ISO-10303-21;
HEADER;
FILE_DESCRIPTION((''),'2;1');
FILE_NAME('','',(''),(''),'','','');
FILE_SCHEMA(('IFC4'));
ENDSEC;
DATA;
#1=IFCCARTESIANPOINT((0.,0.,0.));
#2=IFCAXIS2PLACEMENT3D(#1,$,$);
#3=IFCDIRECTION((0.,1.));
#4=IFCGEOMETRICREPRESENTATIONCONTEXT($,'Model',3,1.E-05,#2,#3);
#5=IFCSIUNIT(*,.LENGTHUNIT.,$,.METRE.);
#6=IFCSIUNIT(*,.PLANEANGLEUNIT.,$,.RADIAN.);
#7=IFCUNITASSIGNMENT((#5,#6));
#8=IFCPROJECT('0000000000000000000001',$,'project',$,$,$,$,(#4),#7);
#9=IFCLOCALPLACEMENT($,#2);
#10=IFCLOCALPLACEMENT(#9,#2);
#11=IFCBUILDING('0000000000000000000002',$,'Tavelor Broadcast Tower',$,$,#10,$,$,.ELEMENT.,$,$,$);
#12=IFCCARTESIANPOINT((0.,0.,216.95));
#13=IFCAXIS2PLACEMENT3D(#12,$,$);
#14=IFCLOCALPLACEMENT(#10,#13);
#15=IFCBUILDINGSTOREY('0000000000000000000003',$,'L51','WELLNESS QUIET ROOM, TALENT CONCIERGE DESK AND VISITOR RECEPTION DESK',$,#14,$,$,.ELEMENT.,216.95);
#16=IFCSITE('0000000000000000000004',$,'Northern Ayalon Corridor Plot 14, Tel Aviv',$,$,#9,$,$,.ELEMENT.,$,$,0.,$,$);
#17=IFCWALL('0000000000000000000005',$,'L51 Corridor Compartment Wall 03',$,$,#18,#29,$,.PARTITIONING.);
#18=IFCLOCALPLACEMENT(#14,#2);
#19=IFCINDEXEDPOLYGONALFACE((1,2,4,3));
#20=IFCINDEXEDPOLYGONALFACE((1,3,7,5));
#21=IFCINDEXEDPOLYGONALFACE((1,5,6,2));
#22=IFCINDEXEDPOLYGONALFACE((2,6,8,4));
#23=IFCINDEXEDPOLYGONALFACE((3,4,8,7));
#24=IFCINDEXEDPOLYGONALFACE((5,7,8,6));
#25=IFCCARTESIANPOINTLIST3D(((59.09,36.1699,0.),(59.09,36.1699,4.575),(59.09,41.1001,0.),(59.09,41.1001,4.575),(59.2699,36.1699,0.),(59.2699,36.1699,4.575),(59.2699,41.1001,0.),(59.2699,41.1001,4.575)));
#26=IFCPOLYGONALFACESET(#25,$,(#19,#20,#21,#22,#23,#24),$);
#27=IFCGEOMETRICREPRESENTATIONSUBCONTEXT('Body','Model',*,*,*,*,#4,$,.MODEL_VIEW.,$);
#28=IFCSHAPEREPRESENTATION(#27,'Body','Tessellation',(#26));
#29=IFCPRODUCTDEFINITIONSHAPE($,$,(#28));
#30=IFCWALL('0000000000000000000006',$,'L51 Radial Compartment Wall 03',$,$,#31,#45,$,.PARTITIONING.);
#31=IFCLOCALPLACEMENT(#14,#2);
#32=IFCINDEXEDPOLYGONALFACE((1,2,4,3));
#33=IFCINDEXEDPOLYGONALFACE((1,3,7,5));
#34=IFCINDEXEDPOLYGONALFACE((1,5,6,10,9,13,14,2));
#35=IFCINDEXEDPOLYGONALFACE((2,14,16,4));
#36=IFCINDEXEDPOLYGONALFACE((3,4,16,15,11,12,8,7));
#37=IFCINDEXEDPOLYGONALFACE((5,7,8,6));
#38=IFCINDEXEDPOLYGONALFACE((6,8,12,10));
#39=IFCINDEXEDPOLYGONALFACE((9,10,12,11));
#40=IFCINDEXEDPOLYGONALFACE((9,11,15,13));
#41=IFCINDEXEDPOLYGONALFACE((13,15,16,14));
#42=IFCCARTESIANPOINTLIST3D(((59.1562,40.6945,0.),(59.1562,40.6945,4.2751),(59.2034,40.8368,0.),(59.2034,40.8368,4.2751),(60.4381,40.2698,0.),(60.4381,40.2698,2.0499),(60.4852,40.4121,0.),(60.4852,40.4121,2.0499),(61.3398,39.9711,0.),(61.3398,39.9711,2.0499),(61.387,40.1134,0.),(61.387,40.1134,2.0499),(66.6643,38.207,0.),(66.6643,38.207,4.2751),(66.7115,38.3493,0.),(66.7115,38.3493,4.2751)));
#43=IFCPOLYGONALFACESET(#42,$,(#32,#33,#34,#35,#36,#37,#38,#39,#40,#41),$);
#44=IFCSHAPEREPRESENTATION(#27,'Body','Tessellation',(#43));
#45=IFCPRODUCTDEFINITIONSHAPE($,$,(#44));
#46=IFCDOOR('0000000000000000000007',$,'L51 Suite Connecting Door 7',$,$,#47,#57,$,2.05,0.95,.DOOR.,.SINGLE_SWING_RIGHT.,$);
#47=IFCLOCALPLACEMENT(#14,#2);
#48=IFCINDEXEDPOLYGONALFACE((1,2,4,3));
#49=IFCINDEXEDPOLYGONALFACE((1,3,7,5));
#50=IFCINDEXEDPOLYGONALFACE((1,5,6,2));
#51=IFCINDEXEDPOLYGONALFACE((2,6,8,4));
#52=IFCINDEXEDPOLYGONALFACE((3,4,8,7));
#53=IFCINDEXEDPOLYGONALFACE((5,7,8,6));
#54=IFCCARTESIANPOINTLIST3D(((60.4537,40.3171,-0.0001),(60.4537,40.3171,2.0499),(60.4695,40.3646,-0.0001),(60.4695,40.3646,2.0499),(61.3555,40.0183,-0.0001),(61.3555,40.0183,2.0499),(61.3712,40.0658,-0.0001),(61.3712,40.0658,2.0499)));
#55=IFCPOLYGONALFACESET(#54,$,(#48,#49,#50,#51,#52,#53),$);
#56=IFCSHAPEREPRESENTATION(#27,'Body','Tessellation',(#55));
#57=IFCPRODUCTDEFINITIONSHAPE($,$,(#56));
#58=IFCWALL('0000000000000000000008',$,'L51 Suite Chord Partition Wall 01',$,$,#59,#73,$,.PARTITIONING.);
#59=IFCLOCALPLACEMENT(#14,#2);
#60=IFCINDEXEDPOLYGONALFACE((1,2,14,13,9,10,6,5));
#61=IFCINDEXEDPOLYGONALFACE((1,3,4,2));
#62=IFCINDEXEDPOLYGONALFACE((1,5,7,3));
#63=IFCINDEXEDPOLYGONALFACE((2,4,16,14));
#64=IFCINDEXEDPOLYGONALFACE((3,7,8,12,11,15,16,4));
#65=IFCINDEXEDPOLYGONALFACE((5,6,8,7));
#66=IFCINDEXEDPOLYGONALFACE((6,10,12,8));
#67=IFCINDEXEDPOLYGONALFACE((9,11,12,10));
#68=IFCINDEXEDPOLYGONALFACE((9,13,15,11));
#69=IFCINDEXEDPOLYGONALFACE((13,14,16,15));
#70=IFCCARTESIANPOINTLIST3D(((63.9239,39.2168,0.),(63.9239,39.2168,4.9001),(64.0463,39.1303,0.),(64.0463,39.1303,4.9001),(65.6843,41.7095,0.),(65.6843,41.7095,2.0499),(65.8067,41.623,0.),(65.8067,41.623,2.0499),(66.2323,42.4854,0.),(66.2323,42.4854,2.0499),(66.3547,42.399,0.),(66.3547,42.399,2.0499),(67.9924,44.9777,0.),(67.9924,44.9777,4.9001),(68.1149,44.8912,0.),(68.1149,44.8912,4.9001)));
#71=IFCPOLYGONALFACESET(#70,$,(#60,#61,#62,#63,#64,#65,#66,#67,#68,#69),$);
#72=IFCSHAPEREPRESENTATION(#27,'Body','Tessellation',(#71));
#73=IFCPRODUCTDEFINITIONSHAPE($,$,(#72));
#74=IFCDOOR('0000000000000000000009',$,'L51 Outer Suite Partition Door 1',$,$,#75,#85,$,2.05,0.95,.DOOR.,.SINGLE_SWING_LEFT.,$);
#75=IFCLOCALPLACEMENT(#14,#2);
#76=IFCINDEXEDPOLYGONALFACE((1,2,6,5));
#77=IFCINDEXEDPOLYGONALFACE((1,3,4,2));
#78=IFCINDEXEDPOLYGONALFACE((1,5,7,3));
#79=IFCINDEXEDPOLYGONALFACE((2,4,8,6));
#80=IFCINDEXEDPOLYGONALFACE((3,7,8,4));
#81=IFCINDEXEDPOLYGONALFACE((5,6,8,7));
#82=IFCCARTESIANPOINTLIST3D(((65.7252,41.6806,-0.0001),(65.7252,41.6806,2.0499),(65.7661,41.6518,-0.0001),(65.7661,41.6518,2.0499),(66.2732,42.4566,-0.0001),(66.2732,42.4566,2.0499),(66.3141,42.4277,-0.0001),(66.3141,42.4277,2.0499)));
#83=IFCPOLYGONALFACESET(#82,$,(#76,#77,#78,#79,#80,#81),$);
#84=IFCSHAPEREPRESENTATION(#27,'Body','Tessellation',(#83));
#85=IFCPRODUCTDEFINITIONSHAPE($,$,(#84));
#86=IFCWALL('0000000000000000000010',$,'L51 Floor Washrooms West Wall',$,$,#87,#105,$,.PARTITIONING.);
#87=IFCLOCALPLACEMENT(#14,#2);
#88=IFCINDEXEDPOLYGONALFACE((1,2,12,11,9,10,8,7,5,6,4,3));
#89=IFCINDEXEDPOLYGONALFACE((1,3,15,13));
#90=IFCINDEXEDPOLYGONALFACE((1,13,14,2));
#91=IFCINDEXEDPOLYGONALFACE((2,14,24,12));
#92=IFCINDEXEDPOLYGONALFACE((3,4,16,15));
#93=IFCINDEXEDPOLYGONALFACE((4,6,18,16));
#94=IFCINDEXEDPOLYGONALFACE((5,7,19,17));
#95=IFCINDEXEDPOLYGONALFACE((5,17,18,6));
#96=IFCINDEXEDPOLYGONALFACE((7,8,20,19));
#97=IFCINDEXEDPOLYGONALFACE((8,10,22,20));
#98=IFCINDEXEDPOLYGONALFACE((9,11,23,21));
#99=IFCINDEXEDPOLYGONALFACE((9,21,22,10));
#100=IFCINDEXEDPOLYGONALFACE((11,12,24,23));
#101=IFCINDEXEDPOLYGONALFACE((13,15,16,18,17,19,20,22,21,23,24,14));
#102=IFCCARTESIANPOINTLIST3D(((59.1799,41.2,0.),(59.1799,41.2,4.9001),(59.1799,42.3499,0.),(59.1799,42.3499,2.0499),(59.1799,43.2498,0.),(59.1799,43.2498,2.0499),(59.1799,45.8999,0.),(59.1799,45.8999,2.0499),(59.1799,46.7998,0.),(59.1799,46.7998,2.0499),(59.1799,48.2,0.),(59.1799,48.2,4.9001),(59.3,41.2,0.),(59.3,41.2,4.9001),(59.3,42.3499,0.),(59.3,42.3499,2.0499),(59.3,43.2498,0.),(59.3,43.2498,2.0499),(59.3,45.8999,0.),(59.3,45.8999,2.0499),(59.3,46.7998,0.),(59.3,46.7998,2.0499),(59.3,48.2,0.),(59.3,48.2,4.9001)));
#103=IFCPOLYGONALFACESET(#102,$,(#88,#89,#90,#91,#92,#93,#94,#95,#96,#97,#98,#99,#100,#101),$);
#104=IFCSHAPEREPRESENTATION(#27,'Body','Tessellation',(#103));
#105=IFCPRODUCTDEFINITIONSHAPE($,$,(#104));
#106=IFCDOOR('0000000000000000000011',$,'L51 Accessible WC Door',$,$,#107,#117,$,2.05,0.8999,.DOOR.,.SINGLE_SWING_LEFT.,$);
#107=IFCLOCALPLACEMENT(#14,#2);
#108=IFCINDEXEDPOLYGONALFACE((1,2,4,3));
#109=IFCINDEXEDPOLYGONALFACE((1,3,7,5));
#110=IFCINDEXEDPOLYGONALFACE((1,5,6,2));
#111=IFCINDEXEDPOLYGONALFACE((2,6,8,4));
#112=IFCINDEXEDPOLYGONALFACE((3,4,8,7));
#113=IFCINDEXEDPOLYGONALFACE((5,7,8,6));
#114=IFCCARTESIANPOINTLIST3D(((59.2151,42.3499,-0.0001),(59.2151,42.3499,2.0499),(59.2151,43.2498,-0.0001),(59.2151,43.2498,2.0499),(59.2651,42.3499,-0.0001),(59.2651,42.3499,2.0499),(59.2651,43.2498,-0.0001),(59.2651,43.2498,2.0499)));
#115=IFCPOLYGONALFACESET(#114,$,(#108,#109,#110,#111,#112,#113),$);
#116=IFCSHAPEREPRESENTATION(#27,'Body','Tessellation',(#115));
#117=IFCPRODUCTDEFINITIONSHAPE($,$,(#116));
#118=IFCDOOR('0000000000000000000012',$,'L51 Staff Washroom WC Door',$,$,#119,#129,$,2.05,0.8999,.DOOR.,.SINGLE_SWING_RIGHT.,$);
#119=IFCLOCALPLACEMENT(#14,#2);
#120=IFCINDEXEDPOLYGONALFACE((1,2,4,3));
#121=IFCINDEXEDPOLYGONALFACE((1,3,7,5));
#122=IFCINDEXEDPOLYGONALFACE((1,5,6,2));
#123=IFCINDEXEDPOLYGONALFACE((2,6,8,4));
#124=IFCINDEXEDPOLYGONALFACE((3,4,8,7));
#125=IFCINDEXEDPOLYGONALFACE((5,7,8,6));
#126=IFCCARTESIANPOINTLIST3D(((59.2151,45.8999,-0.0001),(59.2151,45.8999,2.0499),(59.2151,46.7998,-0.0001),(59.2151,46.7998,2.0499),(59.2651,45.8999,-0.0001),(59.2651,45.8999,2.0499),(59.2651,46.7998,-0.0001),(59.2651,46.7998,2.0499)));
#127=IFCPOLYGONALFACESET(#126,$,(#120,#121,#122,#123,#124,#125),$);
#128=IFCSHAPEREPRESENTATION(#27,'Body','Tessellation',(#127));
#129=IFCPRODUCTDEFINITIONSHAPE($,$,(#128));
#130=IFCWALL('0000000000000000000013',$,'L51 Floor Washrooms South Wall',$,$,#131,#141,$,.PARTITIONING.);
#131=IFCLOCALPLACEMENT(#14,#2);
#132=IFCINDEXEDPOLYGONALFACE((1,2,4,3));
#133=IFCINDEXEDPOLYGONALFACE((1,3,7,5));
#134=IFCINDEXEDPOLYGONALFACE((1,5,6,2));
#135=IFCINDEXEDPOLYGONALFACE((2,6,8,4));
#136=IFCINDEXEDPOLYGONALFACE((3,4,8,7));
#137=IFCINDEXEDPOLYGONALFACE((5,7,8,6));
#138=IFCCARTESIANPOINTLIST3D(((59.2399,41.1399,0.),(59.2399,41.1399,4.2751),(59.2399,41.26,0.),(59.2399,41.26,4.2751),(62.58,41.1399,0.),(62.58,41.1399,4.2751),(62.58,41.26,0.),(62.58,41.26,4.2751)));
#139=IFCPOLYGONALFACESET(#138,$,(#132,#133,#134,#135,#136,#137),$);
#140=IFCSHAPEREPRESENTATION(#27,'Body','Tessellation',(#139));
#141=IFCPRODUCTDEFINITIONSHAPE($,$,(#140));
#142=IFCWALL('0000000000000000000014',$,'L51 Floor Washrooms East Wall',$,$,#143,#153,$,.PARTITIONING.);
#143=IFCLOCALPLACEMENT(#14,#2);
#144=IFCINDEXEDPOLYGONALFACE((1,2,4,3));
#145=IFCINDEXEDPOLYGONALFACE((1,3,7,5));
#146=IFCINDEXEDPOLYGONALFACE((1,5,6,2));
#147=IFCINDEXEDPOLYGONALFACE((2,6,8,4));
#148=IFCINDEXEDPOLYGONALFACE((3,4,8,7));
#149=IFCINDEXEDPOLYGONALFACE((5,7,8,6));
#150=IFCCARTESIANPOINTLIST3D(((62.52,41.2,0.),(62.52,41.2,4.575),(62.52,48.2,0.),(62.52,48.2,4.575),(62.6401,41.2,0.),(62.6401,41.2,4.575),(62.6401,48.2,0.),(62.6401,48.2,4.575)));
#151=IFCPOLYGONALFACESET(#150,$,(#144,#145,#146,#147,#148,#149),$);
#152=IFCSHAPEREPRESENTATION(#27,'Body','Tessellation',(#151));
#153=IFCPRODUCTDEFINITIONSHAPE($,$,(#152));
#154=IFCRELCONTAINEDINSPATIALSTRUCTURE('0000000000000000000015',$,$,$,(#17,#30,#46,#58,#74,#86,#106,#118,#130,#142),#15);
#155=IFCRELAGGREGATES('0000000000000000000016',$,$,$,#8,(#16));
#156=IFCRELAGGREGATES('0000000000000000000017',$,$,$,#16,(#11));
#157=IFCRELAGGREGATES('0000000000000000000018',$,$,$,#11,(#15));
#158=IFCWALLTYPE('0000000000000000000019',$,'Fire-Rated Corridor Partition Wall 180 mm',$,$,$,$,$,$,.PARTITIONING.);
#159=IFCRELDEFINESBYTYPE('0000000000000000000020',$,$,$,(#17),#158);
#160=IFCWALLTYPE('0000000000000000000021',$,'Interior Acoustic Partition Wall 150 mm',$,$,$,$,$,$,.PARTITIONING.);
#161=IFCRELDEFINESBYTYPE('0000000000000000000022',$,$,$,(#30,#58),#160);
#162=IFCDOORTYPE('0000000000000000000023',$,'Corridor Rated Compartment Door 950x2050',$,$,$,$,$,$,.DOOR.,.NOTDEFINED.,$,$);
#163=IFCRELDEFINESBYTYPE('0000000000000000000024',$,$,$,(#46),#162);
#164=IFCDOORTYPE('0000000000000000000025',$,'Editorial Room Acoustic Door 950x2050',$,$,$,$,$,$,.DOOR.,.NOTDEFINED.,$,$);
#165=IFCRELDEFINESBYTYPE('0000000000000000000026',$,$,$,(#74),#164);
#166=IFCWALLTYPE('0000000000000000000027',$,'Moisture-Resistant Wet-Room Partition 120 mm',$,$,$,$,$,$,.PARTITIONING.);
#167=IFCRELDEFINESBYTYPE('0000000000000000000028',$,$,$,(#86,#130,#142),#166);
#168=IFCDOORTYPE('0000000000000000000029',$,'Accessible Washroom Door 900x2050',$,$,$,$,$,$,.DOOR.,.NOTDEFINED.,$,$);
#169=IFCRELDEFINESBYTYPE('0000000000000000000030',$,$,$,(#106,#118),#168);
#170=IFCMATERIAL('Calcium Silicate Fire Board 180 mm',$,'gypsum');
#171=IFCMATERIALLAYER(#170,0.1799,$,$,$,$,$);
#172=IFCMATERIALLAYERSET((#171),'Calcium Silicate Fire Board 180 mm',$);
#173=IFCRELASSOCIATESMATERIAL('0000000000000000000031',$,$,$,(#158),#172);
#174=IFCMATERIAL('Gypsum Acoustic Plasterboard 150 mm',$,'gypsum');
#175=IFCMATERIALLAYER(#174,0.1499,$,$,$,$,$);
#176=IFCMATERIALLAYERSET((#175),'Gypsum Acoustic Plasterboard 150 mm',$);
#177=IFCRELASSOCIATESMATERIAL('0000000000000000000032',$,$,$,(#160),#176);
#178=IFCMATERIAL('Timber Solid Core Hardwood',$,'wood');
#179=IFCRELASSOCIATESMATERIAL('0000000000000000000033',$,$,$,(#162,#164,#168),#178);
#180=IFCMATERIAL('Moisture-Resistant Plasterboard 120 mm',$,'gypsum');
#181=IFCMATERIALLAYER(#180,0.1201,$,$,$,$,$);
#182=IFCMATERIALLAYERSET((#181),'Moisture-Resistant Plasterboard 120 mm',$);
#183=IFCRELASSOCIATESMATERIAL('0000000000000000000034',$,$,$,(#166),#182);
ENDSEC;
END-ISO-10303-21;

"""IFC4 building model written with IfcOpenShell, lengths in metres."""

from ifc_helpers import new_model, si_unit, direction, frame, frame_2d, origin, place, context, subcontext, project, spatial, rectangle, extrude, material, layer, layer_set, type_object, element, fill, save


model = new_model("IFC4")

# Units and contexts
model_context = context("Model", 3, precision=1e-05, world=origin(), true_north=direction((0.0, 1.0)))
body_context = subcontext(model_context, "Body", "Model", "MODEL_VIEW")
ifc_project = project(units=[si_unit("LENGTHUNIT", "METRE"), si_unit("PLANEANGLEUNIT", "RADIAN")], contexts=[model_context])

# Site, building, storey
site_placement = place(None, origin())
site = spatial("IfcSite", under=ifc_project, at=site_placement, Name="Northern Ayalon Corridor Plot 14, Tel Aviv", CompositionType="ELEMENT", RefElevation=0.0)
building_placement = place(site_placement, origin())
building = spatial("IfcBuilding", under=site, at=building_placement, Name="Tavelor Broadcast Tower", CompositionType="ELEMENT")
storey_placement = place(building_placement, frame((0.0, 0.0, 216.95)))
storey = spatial("IfcBuildingStorey", under=building, at=storey_placement, Name="L51", Description="WELLNESS QUIET ROOM, TALENT CONCIERGE DESK AND VISITOR RECEPTION DESK", CompositionType="ELEMENT", Elevation=216.95)

# Wall
ifc_material_1 = material(Name="Calcium Silicate Fire Board 180 mm", Category="gypsum")
ifc_layer_1 = layer(ifc_material_1, 0.1799)
ifc_layer_set_1 = layer_set([ifc_layer_1], Name="Calcium Silicate Fire Board 180 mm")
wall_type_1 = type_object("IfcWallType", Name="Fire-Rated Corridor Partition Wall 180 mm", PredefinedType="PARTITIONING", material=ifc_layer_set_1)
wall_1_placement = place(storey_placement, frame((59.1799, 41.1001, 0.0), z_axis=(0.0, 0.0, 1.0), x_axis=(0.0, -1.0, 0.0)))
element("IfcWall", 1, at=wall_1_placement, inside=storey, type_object=wall_type_1, Name="L51 Corridor Compartment Wall 03", PredefinedType="PARTITIONING", context=body_context, shape_type="SweptSolid", body=[
    extrude(rectangle(XDim=4.9302, YDim=0.1799, at=frame_2d((2.4651, 0.0))), origin(), (0.0, 0.0, 1.0), 4.575),
])

# Walls, openings, doors
ifc_material_2 = material(Name="Gypsum Acoustic Plasterboard 150 mm", Category="gypsum")
ifc_layer_2 = layer(ifc_material_2, 0.1499)
ifc_layer_set_2 = layer_set([ifc_layer_2], Name="Gypsum Acoustic Plasterboard 150 mm")
wall_type_2 = type_object("IfcWallType", Name="Interior Acoustic Partition Wall 150 mm", PredefinedType="PARTITIONING", material=ifc_layer_set_2)
wall_2_placement = place(storey_placement, frame((59.1799, 40.7656, 0.0), z_axis=(0.0, 0.0, 1.0), x_axis=(0.949256, -0.314505, 0.0)))
wall_2 = element("IfcWall", 2, at=wall_2_placement, inside=storey, type_object=wall_type_2, Name="L51 Radial Compartment Wall 03", PredefinedType="PARTITIONING", context=body_context, shape_type="SweptSolid", body=[
    extrude(rectangle(XDim=7.9094, YDim=0.1499, at=frame_2d((3.9546, 0.0))), origin(), (0.0, 0.0, 1.0), 4.2751),
])
opening_1_placement = place(wall_2_placement, frame((1.3501, 0.0, 0.0)))
opening_1 = element("IfcOpeningElement", 3, at=opening_1_placement, cuts=wall_2, PredefinedType="OPENING", context=body_context, shape_type="SweptSolid", body=[
    extrude(rectangle(XDim=0.95, YDim=2.05, at=frame_2d((0.4751, 1.0249))), frame((0.0, 0.085, 0.0), z_axis=(0.0, -1.0, 0.0), x_axis=(1.0, 0.0, 0.0)), (0.0, 0.0, 1.0), 0.1699),
])
ifc_material_3 = material(Name="Timber Solid Core Hardwood", Category="wood")
door_type_1 = type_object("IfcDoorType", Name="Corridor Rated Compartment Door 950x2050", OperationType="NOTDEFINED", PredefinedType="DOOR", material=ifc_material_3)
door_1_placement = place(opening_1_placement, origin())
door_1 = element("IfcDoor", 4, at=door_1_placement, inside=storey, type_object=door_type_1, Name="L51 Suite Connecting Door 7", OperationType="SINGLE_SWING_RIGHT", OverallHeight=2.05, OverallWidth=0.95, PredefinedType="DOOR", context=body_context, shape_type="SweptSolid", body=[
    extrude(rectangle(XDim=0.95, YDim=2.05, at=frame_2d((0.4751, 1.0249))), frame((0.0, 0.0249, 0.0), z_axis=(0.0, -1.0, 0.0), x_axis=(1.0, 0.0, 0.0)), (0.0, 0.0, 1.0), 0.05),
])
fill(opening_1, door_1)
wall_3_placement = place(storey_placement, frame((63.9851, 39.1736, 0.0), z_axis=(0.0, 0.0, 1.0), x_axis=(0.576875, 0.816833, 0.0)))
wall_3 = element("IfcWall", 5, at=wall_3_placement, inside=storey, type_object=wall_type_2, Name="L51 Suite Chord Partition Wall 01", PredefinedType="PARTITIONING", context=body_context, shape_type="SweptSolid", body=[
    extrude(rectangle(XDim=7.0527, YDim=0.1499, at=frame_2d((3.5264, 0.0))), origin(), (0.0, 0.0, 1.0), 4.9001),
])
opening_2_placement = place(wall_3_placement, frame((3.0515, 0.0, 0.0)))
opening_2 = element("IfcOpeningElement", 6, at=opening_2_placement, cuts=wall_3, PredefinedType="OPENING", context=body_context, shape_type="SweptSolid", body=[
    extrude(rectangle(XDim=0.95, YDim=2.05, at=frame_2d((0.4751, 1.0249))), frame((0.0, 0.085, 0.0), z_axis=(0.0, -1.0, 0.0), x_axis=(1.0, 0.0, 0.0)), (0.0, 0.0, 1.0), 0.1699),
])
door_type_2 = type_object("IfcDoorType", Name="Editorial Room Acoustic Door 950x2050", OperationType="NOTDEFINED", PredefinedType="DOOR", material=ifc_material_3)
door_2_placement = place(opening_2_placement, origin())
door_2 = element("IfcDoor", 7, at=door_2_placement, inside=storey, type_object=door_type_2, Name="L51 Outer Suite Partition Door 1", OperationType="SINGLE_SWING_LEFT", OverallHeight=2.05, OverallWidth=0.95, PredefinedType="DOOR", context=body_context, shape_type="SweptSolid", body=[
    extrude(rectangle(XDim=0.95, YDim=2.05, at=frame_2d((0.4751, 1.0249))), frame((0.0, 0.0249, 0.0), z_axis=(0.0, -1.0, 0.0), x_axis=(1.0, 0.0, 0.0)), (0.0, 0.0, 1.0), 0.05),
])
fill(opening_2, door_2)

# Wall, openings, doors
ifc_material_4 = material(Name="Moisture-Resistant Plasterboard 120 mm", Category="gypsum")
ifc_layer_3 = layer(ifc_material_4, 0.1201)
ifc_layer_set_3 = layer_set([ifc_layer_3], Name="Moisture-Resistant Plasterboard 120 mm")
wall_type_3 = type_object("IfcWallType", Name="Moisture-Resistant Wet-Room Partition 120 mm", PredefinedType="PARTITIONING", material=ifc_layer_set_3)
wall_4_placement = place(storey_placement, frame((59.24, 41.2, 0.0), z_axis=(0.0, 0.0, 1.0), x_axis=(0.0, 1.0, 0.0)))
wall_4 = element("IfcWall", 8, at=wall_4_placement, inside=storey, type_object=wall_type_3, Name="L51 Floor Washrooms West Wall", PredefinedType="PARTITIONING", context=body_context, shape_type="SweptSolid", body=[
    extrude(rectangle(XDim=7.0, YDim=0.1201, at=frame_2d((3.5, 0.0))), origin(), (0.0, 0.0, 1.0), 4.9001),
])
opening_3_placement = place(wall_4_placement, frame((1.1499, 0.0, 0.0)))
opening_3 = element("IfcOpeningElement", 9, at=opening_3_placement, cuts=wall_4, PredefinedType="OPENING", context=body_context, shape_type="SweptSolid", body=[
    extrude(rectangle(XDim=0.8999, YDim=2.05, at=frame_2d((0.45, 1.0249))), frame((0.0, 0.0701, 0.0), z_axis=(0.0, -1.0, 0.0), x_axis=(1.0, 0.0, 0.0)), (0.0, 0.0, 1.0), 0.1401),
])
opening_4_placement = place(wall_4_placement, frame((4.7, 0.0, 0.0)))
opening_4 = element("IfcOpeningElement", 10, at=opening_4_placement, cuts=wall_4, PredefinedType="OPENING", context=body_context, shape_type="SweptSolid", body=[
    extrude(rectangle(XDim=0.8999, YDim=2.05, at=frame_2d((0.45, 1.0249))), frame((0.0, 0.0701, 0.0), z_axis=(0.0, -1.0, 0.0), x_axis=(1.0, 0.0, 0.0)), (0.0, 0.0, 1.0), 0.1401),
])
door_type_3 = type_object("IfcDoorType", Name="Accessible Washroom Door 900x2050", OperationType="NOTDEFINED", PredefinedType="DOOR", material=ifc_material_3)
door_3_placement = place(opening_3_placement, origin())
door_3 = element("IfcDoor", 11, at=door_3_placement, inside=storey, type_object=door_type_3, Name="L51 Accessible WC Door", OperationType="SINGLE_SWING_LEFT", OverallHeight=2.05, OverallWidth=0.8999, PredefinedType="DOOR", context=body_context, shape_type="SweptSolid", body=[
    extrude(rectangle(XDim=0.8999, YDim=2.05, at=frame_2d((0.45, 1.0249))), frame((0.0, 0.0249, 0.0), z_axis=(0.0, -1.0, 0.0), x_axis=(1.0, 0.0, 0.0)), (0.0, 0.0, 1.0), 0.05),
])
fill(opening_3, door_3)
door_4_placement = place(opening_4_placement, origin())
door_4 = element("IfcDoor", 12, at=door_4_placement, inside=storey, type_object=door_type_3, Name="L51 Staff Washroom WC Door", OperationType="SINGLE_SWING_RIGHT", OverallHeight=2.05, OverallWidth=0.8999, PredefinedType="DOOR", context=body_context, shape_type="SweptSolid", body=[
    extrude(rectangle(XDim=0.8999, YDim=2.05, at=frame_2d((0.45, 1.0249))), frame((0.0, 0.0249, 0.0), z_axis=(0.0, -1.0, 0.0), x_axis=(1.0, 0.0, 0.0)), (0.0, 0.0, 1.0), 0.05),
])
fill(opening_4, door_4)

# Walls
wall_5_placement = place(storey_placement, frame((59.24, 41.2, 0.0), z_axis=(0.0, 0.0, 1.0), x_axis=(1.0, 0.0, 0.0)))
element("IfcWall", 13, at=wall_5_placement, inside=storey, type_object=wall_type_3, Name="L51 Floor Washrooms South Wall", PredefinedType="PARTITIONING", context=body_context, shape_type="SweptSolid", body=[
    extrude(rectangle(XDim=3.3401, YDim=0.1201, at=frame_2d((1.6699, 0.0))), origin(), (0.0, 0.0, 1.0), 4.2751),
])
wall_6_placement = place(storey_placement, frame((62.5801, 41.2, 0.0), z_axis=(0.0, 0.0, 1.0), x_axis=(0.0, 1.0, 0.0)))
element("IfcWall", 14, at=wall_6_placement, inside=storey, type_object=wall_type_3, Name="L51 Floor Washrooms East Wall", PredefinedType="PARTITIONING", context=body_context, shape_type="SweptSolid", body=[
    extrude(rectangle(XDim=7.0, YDim=0.1201, at=frame_2d((3.5, 0.0))), origin(), (0.0, 0.0, 1.0), 4.575),
])

save(model, "model.ifc")
